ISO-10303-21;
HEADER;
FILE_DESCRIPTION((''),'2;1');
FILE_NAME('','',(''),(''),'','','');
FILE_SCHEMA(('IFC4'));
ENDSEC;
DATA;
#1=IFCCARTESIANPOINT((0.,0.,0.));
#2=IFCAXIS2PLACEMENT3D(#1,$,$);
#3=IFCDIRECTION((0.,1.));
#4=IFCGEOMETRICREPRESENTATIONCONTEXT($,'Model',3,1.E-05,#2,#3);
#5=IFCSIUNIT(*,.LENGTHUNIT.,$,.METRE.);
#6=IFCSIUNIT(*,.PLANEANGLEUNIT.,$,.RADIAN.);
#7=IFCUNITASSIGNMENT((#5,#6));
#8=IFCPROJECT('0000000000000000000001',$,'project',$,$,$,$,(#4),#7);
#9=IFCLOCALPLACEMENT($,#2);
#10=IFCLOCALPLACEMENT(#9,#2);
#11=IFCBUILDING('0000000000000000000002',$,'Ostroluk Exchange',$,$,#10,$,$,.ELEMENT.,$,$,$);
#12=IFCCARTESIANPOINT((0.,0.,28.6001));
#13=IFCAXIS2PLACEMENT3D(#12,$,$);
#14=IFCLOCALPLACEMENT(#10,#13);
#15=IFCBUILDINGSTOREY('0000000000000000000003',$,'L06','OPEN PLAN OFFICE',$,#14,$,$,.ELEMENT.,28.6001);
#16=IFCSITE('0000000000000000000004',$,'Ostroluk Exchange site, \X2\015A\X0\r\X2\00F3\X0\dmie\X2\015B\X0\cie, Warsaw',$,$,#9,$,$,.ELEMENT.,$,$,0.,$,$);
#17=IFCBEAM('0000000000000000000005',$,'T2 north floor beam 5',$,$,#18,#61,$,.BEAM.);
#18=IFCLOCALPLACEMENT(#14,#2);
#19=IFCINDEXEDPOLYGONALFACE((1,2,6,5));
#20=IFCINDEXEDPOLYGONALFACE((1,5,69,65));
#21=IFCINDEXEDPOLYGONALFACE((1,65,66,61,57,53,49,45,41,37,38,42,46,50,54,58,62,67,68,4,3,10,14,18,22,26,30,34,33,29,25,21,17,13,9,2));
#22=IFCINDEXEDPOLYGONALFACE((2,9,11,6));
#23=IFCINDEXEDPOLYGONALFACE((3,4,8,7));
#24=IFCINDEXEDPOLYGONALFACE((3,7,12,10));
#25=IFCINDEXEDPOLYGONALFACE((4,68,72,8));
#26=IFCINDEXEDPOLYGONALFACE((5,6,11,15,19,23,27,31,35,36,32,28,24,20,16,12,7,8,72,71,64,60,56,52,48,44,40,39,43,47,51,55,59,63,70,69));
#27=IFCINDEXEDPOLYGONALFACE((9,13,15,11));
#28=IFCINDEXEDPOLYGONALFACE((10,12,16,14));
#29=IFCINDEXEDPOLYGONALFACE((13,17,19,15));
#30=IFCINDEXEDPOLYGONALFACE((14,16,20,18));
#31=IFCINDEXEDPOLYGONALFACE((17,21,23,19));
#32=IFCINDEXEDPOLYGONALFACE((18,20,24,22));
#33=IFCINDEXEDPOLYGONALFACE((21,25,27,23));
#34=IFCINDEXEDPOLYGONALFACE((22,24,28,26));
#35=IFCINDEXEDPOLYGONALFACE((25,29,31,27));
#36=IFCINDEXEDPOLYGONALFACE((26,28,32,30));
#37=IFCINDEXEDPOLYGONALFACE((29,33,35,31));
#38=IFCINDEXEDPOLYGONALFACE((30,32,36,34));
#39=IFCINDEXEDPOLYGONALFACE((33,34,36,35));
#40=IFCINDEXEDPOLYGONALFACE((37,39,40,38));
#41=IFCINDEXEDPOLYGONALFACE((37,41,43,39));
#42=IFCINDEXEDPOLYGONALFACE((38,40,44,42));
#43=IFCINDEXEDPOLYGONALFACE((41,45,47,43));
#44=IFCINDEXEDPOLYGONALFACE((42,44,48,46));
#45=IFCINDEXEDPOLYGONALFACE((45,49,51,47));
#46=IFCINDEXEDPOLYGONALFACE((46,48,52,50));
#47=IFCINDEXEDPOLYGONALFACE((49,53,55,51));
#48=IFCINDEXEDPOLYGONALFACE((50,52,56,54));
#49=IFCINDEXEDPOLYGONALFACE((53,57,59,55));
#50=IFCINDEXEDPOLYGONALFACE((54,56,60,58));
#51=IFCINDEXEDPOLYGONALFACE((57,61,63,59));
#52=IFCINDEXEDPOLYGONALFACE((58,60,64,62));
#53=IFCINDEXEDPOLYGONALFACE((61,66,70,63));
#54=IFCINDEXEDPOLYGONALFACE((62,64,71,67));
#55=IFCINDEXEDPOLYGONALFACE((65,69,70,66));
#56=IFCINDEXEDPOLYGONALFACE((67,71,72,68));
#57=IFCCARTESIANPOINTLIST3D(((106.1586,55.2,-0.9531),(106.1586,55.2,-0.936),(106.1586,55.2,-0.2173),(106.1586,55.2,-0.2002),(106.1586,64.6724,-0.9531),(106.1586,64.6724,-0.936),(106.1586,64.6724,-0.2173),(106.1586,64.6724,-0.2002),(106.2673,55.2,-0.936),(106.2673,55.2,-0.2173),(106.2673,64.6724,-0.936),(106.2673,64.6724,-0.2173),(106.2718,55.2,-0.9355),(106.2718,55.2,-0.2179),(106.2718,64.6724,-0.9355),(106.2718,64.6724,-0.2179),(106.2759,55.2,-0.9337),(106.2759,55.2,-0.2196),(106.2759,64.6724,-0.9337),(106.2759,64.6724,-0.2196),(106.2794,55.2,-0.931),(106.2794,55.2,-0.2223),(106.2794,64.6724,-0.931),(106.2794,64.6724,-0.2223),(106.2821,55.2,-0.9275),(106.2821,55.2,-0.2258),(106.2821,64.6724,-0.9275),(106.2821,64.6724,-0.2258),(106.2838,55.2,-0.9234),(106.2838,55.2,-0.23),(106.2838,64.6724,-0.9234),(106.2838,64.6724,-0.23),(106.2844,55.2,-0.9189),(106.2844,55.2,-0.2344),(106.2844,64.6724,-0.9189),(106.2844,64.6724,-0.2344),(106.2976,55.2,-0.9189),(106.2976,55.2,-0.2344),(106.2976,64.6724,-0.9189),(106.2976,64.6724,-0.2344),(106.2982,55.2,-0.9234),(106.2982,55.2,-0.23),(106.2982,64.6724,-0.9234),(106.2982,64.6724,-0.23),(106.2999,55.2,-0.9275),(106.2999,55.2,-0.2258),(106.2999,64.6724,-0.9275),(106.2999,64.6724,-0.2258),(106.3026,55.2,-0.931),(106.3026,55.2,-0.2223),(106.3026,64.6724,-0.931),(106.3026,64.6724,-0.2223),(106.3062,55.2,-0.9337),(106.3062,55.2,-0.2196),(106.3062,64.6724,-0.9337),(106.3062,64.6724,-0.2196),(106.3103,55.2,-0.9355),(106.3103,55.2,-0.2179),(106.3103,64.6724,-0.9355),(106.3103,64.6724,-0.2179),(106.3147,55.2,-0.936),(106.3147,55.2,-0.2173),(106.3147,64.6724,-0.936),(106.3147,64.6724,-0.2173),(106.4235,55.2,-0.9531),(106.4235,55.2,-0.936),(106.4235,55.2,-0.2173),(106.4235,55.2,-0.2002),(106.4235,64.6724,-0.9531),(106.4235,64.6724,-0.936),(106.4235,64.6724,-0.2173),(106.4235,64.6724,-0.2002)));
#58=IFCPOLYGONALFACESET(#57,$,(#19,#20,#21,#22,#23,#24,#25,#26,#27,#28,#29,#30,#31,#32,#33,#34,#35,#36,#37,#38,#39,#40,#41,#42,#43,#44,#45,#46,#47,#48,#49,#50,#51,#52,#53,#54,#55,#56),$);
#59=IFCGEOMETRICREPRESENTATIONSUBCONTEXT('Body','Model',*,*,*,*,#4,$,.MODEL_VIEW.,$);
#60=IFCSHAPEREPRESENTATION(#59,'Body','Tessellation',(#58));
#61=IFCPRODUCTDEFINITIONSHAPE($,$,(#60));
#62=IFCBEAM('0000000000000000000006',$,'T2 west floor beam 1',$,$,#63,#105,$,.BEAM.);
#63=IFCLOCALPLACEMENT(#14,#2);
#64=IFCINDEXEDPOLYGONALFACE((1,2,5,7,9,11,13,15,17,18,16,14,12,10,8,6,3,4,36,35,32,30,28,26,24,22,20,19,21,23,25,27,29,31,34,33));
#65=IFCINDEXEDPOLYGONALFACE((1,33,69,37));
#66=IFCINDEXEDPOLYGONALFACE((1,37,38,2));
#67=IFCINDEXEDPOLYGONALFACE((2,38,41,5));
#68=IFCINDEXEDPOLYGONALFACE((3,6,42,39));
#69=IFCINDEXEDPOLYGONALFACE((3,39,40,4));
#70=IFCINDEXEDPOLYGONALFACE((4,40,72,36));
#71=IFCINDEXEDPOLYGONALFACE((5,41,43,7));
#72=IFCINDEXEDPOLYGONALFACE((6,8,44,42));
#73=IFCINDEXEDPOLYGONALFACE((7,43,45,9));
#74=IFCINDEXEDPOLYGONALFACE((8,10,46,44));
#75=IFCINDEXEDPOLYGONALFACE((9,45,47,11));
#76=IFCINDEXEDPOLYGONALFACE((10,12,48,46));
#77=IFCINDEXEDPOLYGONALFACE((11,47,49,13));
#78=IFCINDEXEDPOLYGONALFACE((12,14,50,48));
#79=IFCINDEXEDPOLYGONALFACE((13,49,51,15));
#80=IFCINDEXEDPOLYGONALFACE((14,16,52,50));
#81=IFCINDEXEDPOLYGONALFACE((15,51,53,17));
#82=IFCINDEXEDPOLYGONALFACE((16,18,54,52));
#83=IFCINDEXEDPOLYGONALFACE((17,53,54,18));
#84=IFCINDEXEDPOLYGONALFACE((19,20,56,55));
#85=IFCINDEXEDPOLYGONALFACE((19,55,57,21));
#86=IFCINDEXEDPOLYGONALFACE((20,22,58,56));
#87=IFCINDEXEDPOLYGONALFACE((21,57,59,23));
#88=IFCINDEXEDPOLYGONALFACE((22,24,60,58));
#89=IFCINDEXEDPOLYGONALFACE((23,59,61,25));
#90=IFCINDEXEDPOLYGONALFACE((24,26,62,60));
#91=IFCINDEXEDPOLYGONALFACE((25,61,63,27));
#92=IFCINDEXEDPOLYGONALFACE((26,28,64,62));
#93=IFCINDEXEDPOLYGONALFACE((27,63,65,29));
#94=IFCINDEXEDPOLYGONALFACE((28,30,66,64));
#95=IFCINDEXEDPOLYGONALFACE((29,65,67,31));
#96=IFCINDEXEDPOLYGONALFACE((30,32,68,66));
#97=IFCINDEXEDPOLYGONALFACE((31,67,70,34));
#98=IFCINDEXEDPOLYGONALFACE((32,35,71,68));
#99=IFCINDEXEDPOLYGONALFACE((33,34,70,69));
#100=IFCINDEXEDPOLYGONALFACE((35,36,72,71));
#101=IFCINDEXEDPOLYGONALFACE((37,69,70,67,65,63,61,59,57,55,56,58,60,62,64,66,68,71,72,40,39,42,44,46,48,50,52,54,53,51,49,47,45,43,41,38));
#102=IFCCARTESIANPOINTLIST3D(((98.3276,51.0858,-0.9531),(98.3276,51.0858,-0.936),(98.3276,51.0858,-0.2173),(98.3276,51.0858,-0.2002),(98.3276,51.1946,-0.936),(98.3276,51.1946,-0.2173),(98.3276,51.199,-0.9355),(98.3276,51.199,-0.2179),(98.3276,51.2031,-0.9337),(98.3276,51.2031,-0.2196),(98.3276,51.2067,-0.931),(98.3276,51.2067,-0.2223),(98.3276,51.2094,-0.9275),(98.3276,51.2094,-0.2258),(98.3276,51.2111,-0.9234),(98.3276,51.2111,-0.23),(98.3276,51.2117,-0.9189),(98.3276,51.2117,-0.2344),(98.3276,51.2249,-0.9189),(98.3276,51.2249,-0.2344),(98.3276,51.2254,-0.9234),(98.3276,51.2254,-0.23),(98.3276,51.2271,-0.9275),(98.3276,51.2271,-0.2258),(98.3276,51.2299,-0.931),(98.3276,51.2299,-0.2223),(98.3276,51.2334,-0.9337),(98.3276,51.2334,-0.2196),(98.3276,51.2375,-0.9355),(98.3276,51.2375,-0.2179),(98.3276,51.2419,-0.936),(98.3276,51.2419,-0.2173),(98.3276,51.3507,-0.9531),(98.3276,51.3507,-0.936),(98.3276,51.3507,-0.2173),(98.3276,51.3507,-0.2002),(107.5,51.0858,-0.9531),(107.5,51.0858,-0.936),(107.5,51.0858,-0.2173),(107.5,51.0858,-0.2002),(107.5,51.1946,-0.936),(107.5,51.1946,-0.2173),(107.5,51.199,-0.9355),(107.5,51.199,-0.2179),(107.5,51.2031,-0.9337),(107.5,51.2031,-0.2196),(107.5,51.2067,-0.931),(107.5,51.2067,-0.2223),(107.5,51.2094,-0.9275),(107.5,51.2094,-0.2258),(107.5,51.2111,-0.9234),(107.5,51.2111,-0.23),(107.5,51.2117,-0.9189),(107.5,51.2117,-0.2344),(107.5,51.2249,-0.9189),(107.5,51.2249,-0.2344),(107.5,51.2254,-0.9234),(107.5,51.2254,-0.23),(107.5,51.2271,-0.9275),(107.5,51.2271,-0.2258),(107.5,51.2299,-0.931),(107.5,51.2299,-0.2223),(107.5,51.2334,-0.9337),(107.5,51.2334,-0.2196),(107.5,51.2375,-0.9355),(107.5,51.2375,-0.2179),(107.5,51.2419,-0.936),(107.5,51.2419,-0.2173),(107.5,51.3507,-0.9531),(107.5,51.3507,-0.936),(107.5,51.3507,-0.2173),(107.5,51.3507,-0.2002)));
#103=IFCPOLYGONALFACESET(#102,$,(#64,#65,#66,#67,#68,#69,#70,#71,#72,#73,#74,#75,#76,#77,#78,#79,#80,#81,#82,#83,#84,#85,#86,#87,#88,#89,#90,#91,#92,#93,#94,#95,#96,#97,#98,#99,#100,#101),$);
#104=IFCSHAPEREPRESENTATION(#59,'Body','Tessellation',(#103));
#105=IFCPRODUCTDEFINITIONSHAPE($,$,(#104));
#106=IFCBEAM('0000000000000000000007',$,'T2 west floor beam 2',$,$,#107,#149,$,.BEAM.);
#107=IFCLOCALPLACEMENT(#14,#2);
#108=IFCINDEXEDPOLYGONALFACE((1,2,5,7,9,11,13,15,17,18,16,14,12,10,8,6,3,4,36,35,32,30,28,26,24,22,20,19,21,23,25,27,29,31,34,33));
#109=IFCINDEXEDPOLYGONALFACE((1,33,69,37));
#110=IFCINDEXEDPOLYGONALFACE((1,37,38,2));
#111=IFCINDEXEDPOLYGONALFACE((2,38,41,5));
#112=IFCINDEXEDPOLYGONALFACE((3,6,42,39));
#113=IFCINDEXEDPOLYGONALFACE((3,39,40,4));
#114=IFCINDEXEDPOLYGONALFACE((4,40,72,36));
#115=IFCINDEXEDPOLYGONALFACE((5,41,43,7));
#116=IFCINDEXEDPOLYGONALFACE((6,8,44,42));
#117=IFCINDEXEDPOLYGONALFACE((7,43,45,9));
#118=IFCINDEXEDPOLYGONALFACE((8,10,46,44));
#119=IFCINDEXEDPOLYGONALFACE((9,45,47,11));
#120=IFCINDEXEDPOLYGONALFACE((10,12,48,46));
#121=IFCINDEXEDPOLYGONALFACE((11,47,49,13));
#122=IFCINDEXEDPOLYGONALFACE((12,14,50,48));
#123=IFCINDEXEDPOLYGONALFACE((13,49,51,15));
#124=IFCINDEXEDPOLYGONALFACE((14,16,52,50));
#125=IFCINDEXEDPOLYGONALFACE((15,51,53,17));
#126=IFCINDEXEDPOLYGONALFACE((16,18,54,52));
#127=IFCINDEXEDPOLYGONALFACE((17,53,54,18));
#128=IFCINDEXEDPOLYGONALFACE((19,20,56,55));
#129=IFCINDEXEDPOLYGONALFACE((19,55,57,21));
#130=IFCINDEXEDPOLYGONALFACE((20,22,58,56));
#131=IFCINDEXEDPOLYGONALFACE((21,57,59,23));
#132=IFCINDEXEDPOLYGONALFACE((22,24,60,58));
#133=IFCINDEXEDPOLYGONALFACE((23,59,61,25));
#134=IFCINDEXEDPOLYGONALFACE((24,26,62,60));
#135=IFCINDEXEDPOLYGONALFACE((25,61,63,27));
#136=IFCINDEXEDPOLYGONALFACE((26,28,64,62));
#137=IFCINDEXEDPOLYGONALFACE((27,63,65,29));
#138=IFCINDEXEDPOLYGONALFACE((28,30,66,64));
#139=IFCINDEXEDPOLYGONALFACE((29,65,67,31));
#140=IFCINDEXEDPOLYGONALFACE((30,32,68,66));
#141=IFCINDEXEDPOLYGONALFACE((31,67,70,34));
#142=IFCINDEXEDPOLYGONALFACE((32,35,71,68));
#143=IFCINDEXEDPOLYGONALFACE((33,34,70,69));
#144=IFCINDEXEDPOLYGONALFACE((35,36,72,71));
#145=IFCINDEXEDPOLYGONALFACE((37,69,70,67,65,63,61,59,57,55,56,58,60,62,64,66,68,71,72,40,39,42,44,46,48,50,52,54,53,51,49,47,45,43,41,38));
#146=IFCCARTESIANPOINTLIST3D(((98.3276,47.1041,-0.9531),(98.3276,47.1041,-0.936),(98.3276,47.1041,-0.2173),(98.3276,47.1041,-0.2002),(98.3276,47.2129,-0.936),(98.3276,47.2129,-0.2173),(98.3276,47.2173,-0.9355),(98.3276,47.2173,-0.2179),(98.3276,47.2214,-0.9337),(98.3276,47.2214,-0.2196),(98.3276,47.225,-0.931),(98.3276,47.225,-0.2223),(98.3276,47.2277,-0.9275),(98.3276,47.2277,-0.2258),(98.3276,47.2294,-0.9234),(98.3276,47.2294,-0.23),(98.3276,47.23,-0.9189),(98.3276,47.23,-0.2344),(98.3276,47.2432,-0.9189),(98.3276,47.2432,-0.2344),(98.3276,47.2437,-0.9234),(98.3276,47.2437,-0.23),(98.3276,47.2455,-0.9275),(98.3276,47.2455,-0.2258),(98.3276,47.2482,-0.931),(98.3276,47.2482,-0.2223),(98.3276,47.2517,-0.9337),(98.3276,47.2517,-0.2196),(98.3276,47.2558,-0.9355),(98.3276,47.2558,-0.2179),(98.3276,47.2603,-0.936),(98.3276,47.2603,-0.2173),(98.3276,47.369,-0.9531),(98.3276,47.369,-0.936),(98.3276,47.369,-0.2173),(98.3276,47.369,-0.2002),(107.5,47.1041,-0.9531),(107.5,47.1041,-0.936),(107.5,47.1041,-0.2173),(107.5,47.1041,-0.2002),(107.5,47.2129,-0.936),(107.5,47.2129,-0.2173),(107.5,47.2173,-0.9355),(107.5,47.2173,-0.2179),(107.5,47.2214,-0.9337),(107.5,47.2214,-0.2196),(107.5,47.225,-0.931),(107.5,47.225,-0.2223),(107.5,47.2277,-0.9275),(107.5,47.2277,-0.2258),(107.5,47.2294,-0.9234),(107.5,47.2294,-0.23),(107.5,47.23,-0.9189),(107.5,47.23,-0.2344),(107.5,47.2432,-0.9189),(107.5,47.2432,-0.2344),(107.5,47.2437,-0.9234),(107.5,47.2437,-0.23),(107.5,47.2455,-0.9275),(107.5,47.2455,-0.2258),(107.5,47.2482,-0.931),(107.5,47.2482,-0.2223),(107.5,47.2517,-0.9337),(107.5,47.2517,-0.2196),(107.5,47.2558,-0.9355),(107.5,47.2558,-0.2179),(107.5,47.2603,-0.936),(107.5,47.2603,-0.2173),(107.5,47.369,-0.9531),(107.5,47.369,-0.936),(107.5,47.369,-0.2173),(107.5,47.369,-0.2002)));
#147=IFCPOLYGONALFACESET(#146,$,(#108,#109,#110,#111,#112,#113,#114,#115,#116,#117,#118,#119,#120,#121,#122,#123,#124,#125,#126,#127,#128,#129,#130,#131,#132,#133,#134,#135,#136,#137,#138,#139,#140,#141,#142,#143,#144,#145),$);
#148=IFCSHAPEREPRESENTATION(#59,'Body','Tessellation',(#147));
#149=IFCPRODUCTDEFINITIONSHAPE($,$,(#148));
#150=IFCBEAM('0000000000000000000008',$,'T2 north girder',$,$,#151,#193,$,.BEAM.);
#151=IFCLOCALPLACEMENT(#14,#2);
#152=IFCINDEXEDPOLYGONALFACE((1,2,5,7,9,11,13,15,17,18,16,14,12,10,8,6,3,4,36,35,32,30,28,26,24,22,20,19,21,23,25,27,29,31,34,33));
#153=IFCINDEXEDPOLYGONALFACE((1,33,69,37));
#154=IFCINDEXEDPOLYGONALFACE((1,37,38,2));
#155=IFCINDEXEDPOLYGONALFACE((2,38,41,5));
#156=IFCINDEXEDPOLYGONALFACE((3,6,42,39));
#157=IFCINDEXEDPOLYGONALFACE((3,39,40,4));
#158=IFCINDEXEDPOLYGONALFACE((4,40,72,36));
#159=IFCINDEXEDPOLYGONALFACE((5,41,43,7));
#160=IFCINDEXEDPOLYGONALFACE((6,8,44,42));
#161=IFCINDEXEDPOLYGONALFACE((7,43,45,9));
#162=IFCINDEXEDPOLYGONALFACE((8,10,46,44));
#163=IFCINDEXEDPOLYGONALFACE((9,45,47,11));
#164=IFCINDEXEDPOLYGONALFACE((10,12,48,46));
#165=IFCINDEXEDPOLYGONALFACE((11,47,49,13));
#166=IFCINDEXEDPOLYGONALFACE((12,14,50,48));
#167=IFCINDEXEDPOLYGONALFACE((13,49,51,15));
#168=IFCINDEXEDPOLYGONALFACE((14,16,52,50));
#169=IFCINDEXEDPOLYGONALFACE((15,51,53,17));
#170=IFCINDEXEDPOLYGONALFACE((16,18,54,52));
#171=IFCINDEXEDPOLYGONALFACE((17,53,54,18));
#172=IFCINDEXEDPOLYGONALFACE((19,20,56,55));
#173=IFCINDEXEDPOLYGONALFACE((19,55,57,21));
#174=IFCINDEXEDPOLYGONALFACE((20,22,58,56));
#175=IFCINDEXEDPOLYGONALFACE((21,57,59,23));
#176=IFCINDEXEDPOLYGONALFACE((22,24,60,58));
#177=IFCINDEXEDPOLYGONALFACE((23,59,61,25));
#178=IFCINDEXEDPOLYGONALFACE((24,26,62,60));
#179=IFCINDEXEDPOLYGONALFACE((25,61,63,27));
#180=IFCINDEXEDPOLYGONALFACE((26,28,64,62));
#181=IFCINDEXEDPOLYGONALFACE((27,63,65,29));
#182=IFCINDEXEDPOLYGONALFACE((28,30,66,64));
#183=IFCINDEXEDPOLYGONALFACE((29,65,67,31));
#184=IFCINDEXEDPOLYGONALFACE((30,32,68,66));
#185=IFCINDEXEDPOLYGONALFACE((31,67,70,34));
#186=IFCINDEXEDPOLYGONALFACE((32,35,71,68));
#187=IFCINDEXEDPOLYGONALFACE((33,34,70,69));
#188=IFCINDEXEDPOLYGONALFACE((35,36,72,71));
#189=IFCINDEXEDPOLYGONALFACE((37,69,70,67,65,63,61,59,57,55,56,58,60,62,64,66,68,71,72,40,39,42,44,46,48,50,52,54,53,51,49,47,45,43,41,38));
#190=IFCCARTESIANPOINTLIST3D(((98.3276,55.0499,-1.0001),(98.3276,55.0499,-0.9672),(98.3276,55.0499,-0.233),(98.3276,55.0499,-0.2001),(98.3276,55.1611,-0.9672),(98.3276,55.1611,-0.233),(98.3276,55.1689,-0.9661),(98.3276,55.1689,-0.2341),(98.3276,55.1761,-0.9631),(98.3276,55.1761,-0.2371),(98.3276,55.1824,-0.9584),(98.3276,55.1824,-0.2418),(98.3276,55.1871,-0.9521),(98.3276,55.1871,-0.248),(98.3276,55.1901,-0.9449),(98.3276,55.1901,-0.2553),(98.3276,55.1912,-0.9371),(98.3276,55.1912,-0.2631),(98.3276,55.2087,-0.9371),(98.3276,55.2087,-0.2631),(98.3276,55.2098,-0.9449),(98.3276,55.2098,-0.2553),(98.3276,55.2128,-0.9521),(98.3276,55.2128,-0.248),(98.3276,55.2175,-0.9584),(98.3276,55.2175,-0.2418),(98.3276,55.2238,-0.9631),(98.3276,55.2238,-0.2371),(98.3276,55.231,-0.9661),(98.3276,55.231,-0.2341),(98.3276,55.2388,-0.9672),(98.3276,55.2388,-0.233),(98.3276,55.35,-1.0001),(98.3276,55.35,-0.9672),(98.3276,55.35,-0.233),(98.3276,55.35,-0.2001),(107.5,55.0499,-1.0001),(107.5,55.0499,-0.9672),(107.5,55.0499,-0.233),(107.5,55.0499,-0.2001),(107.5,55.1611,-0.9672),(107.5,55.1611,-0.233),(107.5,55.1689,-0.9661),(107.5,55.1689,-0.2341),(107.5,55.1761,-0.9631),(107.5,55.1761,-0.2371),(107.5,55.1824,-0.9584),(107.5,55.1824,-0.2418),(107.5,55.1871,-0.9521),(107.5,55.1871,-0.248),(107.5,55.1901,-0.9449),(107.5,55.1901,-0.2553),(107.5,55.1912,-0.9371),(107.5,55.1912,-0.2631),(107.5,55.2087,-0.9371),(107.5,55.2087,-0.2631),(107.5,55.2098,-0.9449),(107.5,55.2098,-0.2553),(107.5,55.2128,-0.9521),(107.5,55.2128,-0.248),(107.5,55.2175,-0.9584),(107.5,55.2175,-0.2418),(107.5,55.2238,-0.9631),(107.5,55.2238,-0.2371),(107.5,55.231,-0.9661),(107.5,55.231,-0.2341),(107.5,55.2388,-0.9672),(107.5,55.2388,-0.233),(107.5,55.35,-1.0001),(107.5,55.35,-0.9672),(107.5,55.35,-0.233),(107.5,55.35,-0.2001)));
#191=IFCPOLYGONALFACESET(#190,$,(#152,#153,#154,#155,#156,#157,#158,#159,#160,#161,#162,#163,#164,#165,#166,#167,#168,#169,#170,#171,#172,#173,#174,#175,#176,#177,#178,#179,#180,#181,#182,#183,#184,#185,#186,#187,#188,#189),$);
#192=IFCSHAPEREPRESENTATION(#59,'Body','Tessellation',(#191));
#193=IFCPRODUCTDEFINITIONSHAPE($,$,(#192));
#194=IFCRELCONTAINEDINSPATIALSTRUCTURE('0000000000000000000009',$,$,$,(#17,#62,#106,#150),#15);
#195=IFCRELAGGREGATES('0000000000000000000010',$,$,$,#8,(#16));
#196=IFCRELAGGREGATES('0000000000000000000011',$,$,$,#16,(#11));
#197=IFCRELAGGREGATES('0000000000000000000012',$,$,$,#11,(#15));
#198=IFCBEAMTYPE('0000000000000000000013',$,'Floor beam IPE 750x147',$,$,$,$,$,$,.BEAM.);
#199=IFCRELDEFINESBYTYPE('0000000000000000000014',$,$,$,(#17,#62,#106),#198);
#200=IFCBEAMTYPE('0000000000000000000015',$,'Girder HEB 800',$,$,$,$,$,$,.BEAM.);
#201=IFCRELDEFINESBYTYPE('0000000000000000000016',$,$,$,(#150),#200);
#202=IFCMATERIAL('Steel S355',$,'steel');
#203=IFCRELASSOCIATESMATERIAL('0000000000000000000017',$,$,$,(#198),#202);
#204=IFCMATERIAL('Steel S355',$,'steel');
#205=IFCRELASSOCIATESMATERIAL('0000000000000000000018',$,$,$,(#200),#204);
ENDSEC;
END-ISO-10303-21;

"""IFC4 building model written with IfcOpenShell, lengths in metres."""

from ifc_helpers import new_model, si_unit, direction, frame, origin, origin_2d, place, context, subcontext, project, spatial, i_section, extrude, material, material_profile, profile_set, type_object, element, save


model = new_model("IFC4")

# Units and contexts
model_context = context("Model", 3, precision=1e-05, world=origin(), true_north=direction((0.0, 1.0)))
body_context = subcontext(model_context, "Body", "Model", "MODEL_VIEW")
ifc_project = project(units=[si_unit("LENGTHUNIT", "METRE"), si_unit("PLANEANGLEUNIT", "RADIAN")], contexts=[model_context])

# Site, building, storey
site_placement = place(None, origin())
site = spatial("IfcSite", under=ifc_project, at=site_placement, Name="Ostroluk Exchange site, Śródmieście, Warsaw", CompositionType="ELEMENT", RefElevation=0.0)
building_placement = place(site_placement, origin())
building = spatial("IfcBuilding", under=site, at=building_placement, Name="Ostroluk Exchange", CompositionType="ELEMENT")
storey_placement = place(building_placement, frame((0.0, 0.0, 28.6001)))
storey = spatial("IfcBuildingStorey", under=building, at=storey_placement, Name="L06", Description="OPEN PLAN OFFICE", CompositionType="ELEMENT", Elevation=28.6001)

# Beams
ifc_material_1 = material(Name="Steel S355", Category="steel")
ifc_material_profile_1 = material_profile(ifc_material_1, i_section(OverallWidth=0.2649, OverallDepth=0.7529, WebThickness=0.0132, FlangeThickness=0.0171, FilletRadius=0.0171, at=origin_2d()), Name="IPE 750x147")
ifc_profile_set_1 = profile_set([ifc_material_profile_1], Name="Steel S355")
beam_type_1 = type_object("IfcBeamType", Name="Floor beam IPE 750x147", PredefinedType="BEAM", material=ifc_profile_set_1)
beam_1_placement = place(storey_placement, frame((106.291, 55.2, -0.5767), z_axis=(0.0, 1.0, 0.0), x_axis=(-1.0, 0.0, 0.0)))
element("IfcBeam", 1, at=beam_1_placement, inside=storey, type_object=beam_type_1, Name="T2 north floor beam 5", PredefinedType="BEAM", context=body_context, shape_type="SweptSolid", body=[
    extrude(i_section(OverallWidth=0.2649, OverallDepth=0.7529, WebThickness=0.0132, FlangeThickness=0.0171, FilletRadius=0.0171, at=origin_2d()), origin(), (0.0, 0.0, 1.0), 9.4724),
])
for number, where, z_axis, x_axis, name in (
    (2, (107.5, 51.2183, -0.5767), (-1.0, 0.0, 0.0), (0.0, -1.0, 0.0), "T2 west floor beam 1"),
    (3, (107.5, 47.2366, -0.5767), (-1.0, 0.0, 0.0), (0.0, -1.0, 0.0), "T2 west floor beam 2"),
):
    element("IfcBeam", number, at=place(storey_placement, frame(where, z_axis=z_axis, x_axis=x_axis)), inside=storey, type_object=beam_type_1, Name=name, PredefinedType="BEAM", context=body_context, shape_type="SweptSolid", body=[
        extrude(i_section(OverallWidth=0.2649, OverallDepth=0.7529, WebThickness=0.0132, FlangeThickness=0.0171, FilletRadius=0.0171, at=origin_2d()), origin(), (0.0, 0.0, 1.0), 9.1724),
    ])
ifc_material_2 = material(Name="Steel S355", Category="steel")
ifc_material_profile_2 = material_profile(ifc_material_2, i_section(OverallWidth=0.3, OverallDepth=0.8, WebThickness=0.0176, FlangeThickness=0.033, FilletRadius=0.03, at=origin_2d()), Name="HEB 800")
ifc_profile_set_2 = profile_set([ifc_material_profile_2], Name="Steel S355")
beam_type_2 = type_object("IfcBeamType", Name="Girder HEB 800", PredefinedType="BEAM", material=ifc_profile_set_2)
beam_2_placement = place(storey_placement, frame((107.5, 55.2, -0.6001), z_axis=(-1.0, 0.0, 0.0), x_axis=(0.0, -1.0, 0.0)))
element("IfcBeam", 4, at=beam_2_placement, inside=storey, type_object=beam_type_2, Name="T2 north girder", PredefinedType="BEAM", context=body_context, shape_type="SweptSolid", body=[
    extrude(i_section(OverallWidth=0.3, OverallDepth=0.8, WebThickness=0.0176, FlangeThickness=0.033, FilletRadius=0.03, at=origin_2d()), origin(), (0.0, 0.0, 1.0), 9.1724),
])

save(model, "model.ifc")
